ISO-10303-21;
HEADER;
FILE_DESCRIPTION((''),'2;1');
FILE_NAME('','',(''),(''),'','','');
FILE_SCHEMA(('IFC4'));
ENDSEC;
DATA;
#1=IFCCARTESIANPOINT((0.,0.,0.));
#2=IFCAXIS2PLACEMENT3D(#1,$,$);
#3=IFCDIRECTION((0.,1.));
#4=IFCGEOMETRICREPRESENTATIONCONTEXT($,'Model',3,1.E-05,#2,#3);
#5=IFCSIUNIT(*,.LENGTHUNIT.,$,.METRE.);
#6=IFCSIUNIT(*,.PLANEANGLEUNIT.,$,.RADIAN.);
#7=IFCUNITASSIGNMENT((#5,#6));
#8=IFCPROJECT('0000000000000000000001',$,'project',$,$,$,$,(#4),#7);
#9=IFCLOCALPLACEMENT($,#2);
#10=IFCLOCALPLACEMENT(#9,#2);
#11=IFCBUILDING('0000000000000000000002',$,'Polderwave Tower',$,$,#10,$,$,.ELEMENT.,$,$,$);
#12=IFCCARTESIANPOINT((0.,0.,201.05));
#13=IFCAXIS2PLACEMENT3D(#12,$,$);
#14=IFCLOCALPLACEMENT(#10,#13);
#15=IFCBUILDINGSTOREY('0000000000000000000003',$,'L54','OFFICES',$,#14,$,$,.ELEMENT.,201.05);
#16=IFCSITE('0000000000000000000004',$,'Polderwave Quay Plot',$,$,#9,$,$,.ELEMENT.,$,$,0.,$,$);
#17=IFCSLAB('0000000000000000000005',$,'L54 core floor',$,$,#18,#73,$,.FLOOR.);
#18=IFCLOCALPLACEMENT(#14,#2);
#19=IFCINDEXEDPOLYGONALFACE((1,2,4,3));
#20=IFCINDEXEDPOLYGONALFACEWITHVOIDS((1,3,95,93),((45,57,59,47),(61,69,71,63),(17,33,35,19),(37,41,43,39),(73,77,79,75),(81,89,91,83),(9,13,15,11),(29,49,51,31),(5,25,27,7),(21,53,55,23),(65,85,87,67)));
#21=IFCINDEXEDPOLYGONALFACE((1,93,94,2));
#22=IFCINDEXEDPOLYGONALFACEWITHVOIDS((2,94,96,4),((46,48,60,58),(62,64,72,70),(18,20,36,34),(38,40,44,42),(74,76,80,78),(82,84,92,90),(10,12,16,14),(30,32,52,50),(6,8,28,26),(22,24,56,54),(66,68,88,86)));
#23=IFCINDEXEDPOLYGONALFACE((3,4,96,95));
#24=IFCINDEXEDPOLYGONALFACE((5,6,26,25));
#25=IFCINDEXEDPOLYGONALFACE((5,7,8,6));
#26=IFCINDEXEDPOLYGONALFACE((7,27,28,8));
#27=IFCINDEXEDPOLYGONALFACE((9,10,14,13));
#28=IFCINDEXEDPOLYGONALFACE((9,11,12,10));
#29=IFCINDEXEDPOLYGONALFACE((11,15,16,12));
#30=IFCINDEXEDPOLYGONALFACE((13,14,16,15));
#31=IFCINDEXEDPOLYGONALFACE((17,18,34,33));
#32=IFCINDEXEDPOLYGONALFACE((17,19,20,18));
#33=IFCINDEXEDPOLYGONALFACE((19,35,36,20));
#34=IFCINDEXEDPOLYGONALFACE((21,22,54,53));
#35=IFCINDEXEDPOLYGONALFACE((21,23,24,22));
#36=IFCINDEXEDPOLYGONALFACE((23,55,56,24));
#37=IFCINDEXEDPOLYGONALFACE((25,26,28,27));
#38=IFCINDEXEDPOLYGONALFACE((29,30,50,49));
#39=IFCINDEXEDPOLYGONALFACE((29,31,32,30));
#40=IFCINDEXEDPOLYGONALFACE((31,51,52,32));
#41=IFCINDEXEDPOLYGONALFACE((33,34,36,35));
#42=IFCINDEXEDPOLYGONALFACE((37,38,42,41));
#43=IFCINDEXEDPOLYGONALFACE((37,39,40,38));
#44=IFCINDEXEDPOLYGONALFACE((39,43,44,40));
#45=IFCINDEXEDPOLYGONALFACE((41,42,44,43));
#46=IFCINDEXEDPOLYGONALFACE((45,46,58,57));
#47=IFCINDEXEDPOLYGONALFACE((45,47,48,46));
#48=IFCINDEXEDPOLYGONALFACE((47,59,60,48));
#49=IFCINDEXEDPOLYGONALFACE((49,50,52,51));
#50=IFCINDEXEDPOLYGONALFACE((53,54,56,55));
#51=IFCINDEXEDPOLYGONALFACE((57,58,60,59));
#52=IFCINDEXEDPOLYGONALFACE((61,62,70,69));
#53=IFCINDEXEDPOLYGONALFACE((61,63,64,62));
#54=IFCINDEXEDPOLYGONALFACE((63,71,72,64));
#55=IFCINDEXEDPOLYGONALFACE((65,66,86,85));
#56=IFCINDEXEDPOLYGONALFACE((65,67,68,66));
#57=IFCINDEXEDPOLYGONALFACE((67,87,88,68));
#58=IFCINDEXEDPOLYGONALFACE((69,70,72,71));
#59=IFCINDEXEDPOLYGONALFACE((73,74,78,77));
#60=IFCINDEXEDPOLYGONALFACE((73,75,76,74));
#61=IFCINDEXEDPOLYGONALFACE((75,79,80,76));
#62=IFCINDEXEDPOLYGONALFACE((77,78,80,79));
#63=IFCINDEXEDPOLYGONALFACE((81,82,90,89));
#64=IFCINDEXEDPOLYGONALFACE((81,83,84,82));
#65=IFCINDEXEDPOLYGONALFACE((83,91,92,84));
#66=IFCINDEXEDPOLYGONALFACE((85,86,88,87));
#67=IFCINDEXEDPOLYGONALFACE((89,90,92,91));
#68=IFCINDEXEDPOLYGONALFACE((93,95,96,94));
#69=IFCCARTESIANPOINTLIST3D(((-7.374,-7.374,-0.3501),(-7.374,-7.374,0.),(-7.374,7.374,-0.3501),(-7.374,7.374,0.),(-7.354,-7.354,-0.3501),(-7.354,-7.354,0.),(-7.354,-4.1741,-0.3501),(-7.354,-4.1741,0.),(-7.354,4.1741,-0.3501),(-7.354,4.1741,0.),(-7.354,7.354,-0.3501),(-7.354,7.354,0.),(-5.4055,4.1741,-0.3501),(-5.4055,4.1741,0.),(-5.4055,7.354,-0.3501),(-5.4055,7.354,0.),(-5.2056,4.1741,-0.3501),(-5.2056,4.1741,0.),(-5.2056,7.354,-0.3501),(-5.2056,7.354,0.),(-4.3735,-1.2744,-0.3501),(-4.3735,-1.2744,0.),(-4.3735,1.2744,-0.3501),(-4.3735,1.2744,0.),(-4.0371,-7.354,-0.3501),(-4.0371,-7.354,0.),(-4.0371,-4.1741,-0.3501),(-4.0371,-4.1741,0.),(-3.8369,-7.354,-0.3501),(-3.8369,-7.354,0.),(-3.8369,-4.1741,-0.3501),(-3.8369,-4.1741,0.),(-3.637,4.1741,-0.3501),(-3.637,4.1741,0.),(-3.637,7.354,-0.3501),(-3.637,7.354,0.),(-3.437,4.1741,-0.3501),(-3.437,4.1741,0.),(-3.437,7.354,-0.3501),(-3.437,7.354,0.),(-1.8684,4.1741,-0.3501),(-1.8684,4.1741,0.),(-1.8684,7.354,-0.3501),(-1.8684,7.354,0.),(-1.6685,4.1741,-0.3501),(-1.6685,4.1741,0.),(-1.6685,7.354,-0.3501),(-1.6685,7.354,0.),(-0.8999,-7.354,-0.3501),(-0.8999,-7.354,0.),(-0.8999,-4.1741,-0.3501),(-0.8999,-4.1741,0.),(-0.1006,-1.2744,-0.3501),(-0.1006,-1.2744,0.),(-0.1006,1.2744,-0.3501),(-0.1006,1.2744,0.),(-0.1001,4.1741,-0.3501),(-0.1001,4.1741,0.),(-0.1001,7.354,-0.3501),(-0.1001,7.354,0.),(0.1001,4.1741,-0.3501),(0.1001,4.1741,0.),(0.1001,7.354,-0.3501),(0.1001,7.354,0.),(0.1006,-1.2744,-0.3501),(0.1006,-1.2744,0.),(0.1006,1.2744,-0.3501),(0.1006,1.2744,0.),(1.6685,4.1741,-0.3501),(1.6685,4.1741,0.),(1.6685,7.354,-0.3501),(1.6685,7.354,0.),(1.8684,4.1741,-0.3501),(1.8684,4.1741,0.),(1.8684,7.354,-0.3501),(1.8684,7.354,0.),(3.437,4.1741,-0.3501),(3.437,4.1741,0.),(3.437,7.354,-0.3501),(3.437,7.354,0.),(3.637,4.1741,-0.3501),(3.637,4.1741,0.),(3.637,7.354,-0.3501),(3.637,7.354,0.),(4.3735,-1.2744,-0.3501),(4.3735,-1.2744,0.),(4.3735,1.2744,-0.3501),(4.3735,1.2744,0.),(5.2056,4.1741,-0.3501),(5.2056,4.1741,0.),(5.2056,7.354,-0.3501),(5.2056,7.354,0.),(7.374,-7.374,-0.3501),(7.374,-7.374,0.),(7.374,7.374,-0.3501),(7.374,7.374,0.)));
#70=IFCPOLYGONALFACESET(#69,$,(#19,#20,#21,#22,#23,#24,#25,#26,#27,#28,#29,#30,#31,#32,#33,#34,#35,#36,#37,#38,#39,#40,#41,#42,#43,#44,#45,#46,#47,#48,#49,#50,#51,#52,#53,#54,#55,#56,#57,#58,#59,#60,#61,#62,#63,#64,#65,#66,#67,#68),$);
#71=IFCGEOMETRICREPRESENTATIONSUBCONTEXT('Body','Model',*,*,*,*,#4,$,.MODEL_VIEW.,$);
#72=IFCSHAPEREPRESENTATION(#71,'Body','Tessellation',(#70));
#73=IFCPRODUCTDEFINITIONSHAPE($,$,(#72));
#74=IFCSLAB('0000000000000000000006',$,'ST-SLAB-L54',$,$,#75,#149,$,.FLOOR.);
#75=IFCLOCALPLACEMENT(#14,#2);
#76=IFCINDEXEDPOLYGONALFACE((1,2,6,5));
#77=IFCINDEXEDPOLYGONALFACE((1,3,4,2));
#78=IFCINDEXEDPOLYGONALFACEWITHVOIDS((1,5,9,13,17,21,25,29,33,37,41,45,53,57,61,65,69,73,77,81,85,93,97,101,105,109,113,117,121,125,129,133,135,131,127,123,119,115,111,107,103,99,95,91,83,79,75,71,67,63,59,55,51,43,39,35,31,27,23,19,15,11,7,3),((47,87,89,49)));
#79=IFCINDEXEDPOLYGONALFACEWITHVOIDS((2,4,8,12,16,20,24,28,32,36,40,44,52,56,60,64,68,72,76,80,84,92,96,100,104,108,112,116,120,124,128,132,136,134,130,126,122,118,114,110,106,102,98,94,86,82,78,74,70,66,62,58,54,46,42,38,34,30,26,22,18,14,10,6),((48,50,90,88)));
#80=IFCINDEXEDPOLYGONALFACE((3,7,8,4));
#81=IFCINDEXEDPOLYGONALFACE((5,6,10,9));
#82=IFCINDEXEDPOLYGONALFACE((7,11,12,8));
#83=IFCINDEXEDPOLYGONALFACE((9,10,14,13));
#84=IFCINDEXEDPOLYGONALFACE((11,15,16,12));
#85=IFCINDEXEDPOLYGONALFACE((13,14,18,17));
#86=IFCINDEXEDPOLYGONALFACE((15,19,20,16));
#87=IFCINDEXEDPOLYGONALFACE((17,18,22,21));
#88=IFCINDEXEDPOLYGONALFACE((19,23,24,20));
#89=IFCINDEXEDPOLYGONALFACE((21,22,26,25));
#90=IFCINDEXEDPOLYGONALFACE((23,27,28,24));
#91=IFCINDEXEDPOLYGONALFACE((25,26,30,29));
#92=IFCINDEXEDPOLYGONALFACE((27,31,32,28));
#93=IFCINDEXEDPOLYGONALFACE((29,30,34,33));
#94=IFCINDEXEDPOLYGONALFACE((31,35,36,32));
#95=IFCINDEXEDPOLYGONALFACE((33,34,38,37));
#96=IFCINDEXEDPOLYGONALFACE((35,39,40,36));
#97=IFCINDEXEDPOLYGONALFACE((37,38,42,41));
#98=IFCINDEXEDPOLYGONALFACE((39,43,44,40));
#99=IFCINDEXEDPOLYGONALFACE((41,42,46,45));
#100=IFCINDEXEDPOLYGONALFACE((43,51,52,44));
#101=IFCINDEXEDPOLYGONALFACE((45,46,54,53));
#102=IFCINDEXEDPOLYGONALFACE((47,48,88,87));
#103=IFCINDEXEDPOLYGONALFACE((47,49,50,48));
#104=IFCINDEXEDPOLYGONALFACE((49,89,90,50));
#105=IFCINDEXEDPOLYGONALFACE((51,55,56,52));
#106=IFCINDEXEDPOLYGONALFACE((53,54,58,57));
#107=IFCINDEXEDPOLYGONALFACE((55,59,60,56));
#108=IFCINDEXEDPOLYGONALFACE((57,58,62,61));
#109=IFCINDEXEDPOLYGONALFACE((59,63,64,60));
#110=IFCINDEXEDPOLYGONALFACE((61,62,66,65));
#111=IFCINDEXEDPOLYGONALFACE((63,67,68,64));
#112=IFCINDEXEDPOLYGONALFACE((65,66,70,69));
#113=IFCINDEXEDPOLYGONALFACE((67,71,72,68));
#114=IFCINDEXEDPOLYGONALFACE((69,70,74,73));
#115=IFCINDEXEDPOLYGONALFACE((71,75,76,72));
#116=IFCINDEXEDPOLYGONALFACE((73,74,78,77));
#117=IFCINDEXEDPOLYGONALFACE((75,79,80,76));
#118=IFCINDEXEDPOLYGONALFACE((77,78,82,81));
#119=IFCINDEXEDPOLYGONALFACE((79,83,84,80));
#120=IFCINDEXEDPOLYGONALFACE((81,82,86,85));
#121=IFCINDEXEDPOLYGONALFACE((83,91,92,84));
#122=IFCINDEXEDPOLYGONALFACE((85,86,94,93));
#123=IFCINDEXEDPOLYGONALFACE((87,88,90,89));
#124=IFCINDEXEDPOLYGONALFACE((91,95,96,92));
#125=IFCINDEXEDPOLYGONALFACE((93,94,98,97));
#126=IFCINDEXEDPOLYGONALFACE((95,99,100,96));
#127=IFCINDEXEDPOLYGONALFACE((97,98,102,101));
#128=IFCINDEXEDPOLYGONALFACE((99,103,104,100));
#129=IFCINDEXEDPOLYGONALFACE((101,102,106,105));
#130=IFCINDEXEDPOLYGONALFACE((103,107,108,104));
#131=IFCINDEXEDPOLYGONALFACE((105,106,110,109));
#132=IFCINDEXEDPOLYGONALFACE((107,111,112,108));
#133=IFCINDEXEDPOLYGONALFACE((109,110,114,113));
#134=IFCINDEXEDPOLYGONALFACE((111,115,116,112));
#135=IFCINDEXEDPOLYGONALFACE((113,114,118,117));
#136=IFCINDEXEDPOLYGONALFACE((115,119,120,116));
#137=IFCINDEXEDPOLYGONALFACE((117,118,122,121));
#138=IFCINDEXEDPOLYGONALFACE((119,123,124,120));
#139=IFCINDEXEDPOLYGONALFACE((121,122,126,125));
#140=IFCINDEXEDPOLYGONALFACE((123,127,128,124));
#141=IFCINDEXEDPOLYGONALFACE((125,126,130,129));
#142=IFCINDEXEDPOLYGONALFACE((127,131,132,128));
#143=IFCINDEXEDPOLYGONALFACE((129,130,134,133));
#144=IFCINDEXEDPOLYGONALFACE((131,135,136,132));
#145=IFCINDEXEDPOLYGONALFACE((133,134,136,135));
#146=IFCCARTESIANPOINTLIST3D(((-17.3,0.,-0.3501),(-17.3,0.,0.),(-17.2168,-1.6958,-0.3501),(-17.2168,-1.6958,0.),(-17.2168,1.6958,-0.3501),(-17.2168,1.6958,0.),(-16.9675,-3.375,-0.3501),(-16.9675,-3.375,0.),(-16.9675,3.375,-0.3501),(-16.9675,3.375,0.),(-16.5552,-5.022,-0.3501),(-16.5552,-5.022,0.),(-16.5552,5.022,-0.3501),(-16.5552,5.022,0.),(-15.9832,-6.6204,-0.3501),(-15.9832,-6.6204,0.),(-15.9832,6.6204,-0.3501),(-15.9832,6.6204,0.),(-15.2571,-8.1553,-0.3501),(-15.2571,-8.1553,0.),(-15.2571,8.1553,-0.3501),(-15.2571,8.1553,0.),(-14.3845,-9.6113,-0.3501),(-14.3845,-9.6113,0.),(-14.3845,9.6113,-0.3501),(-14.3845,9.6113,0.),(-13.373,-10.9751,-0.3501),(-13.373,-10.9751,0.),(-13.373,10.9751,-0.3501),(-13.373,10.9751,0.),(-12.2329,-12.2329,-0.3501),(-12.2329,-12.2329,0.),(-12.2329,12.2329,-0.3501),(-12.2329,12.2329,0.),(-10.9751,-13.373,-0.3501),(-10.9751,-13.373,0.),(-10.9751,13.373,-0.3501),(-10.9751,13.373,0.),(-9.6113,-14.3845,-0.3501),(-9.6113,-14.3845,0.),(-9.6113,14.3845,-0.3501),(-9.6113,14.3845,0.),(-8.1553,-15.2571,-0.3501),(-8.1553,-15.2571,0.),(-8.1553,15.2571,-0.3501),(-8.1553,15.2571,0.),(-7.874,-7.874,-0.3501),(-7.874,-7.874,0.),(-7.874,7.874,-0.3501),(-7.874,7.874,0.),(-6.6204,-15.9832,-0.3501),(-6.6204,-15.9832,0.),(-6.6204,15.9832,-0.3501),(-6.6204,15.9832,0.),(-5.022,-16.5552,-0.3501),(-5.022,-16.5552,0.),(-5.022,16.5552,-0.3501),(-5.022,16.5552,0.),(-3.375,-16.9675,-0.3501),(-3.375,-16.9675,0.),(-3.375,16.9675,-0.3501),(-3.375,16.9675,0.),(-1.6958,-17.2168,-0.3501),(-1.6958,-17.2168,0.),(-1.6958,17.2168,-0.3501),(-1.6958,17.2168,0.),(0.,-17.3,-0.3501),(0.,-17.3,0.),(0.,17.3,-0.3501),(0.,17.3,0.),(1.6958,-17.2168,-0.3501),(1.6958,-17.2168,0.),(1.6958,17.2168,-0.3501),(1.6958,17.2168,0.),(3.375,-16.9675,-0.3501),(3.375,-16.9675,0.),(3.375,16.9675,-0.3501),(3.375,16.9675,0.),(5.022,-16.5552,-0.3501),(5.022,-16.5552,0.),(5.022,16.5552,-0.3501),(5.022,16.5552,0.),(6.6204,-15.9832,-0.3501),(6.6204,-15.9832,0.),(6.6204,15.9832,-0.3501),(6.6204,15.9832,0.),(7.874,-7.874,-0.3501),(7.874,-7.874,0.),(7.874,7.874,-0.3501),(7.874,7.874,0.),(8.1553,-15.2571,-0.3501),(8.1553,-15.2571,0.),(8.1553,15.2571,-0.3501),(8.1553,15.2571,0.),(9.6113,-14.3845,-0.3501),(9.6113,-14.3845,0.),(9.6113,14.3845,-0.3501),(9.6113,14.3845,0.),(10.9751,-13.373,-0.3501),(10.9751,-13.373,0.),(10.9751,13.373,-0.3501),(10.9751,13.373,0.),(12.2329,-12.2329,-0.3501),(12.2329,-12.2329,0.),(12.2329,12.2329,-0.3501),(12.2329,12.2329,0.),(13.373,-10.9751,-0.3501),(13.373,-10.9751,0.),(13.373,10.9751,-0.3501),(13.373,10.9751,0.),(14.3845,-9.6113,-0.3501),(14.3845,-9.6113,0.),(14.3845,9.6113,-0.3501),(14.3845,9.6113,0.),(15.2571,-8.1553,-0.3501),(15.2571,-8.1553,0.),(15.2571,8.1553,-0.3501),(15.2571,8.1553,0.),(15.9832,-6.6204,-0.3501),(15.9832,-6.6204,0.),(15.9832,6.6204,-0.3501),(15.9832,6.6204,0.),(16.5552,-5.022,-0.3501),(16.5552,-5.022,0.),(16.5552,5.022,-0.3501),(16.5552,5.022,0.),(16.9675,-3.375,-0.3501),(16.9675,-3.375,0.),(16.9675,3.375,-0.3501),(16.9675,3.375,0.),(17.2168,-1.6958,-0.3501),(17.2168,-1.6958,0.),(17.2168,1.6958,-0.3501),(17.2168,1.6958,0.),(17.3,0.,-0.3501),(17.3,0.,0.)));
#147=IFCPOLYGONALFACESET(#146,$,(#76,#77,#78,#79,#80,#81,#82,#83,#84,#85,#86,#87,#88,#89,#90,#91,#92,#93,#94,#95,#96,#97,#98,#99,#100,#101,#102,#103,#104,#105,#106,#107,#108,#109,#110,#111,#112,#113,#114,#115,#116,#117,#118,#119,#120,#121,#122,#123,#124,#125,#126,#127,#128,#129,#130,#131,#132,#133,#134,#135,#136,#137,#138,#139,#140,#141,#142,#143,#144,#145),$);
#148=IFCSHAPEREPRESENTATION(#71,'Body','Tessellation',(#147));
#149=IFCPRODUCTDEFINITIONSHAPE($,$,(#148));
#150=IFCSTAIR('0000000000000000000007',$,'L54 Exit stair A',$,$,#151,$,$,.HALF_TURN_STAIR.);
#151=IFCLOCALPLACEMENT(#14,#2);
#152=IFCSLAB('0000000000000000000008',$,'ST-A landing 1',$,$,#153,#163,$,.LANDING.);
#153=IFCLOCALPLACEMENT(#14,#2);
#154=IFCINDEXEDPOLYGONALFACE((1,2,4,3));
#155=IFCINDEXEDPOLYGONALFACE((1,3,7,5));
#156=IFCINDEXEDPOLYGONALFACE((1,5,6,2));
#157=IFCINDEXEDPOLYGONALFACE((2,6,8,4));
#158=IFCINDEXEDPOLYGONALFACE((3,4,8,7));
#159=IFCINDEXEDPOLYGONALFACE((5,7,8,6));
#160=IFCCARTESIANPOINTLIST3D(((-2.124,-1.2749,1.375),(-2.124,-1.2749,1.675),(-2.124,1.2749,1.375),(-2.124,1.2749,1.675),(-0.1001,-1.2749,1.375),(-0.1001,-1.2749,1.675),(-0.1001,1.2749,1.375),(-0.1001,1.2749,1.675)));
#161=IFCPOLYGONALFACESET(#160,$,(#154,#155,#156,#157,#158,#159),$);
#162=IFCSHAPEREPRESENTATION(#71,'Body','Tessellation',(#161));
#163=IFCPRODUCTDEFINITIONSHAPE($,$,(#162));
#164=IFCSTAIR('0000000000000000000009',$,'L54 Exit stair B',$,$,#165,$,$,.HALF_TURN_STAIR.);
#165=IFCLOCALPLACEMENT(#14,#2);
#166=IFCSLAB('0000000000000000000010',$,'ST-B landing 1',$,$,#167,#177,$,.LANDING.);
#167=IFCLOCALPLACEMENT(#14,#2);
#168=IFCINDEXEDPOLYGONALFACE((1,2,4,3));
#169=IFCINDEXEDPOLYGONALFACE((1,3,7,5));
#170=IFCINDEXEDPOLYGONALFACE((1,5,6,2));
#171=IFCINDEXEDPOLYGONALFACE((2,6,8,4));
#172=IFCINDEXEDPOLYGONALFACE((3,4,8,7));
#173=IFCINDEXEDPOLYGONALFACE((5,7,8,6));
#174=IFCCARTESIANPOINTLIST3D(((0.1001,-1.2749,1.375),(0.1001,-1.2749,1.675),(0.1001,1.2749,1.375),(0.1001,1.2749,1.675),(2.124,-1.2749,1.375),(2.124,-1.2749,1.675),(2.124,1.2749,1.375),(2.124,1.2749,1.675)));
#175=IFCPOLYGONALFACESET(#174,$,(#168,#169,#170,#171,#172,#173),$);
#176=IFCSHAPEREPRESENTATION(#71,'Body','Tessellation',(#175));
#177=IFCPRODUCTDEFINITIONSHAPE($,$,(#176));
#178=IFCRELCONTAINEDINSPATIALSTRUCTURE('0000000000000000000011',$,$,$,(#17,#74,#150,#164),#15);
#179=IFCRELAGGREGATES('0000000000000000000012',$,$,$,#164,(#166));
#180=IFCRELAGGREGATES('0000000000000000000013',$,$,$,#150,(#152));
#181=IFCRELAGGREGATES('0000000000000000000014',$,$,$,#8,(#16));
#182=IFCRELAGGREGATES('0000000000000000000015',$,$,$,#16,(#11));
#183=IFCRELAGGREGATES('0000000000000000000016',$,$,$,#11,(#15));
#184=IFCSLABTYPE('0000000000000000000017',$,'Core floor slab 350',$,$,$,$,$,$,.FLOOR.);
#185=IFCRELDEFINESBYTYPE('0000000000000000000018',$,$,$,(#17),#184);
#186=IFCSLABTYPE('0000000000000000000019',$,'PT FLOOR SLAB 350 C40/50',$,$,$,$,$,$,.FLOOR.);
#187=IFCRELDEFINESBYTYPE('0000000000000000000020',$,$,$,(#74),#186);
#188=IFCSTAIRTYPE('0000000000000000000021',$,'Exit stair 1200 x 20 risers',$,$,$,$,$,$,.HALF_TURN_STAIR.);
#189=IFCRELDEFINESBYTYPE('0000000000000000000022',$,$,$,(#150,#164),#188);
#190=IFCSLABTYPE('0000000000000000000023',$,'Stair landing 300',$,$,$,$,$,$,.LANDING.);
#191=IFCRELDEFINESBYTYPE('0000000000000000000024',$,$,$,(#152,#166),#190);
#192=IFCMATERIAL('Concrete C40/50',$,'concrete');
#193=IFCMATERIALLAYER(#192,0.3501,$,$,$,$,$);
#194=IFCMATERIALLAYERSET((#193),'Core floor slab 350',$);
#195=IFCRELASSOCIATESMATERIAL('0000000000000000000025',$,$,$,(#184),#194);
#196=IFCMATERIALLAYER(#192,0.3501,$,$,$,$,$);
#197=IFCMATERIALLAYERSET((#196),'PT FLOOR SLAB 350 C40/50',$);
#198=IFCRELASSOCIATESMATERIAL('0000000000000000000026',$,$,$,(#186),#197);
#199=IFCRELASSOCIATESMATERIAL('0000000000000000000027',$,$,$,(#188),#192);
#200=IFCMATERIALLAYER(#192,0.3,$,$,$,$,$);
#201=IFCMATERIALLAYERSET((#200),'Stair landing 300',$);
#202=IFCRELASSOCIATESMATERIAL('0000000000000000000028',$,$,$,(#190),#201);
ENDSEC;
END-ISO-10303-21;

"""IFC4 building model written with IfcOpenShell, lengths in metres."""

from ifc_helpers import new_model, si_unit, direction, frame, origin, place, context, subcontext, project, spatial, polyline, outline, extrude, material, layer, layer_set, type_object, element, aggregate, save


model = new_model("IFC4")

# Units and contexts
model_context = context("Model", 3, precision=1e-05, world=origin(), true_north=direction((0.0, 1.0)))
body_context = subcontext(model_context, "Body", "Model", "MODEL_VIEW")
ifc_project = project(units=[si_unit("LENGTHUNIT", "METRE"), si_unit("PLANEANGLEUNIT", "RADIAN")], contexts=[model_context])

# Site, building, storey
site_placement = place(None, origin())
site = spatial("IfcSite", under=ifc_project, at=site_placement, Name="Polderwave Quay Plot", CompositionType="ELEMENT", RefElevation=0.0)
building_placement = place(site_placement, origin())
building = spatial("IfcBuilding", under=site, at=building_placement, Name="Polderwave Tower", CompositionType="ELEMENT")
storey_placement = place(building_placement, frame((0.0, 0.0, 201.05)))
storey = spatial("IfcBuildingStorey", under=building, at=storey_placement, Name="L54", Description="OFFICES", CompositionType="ELEMENT", Elevation=201.05)

# Slabs
ifc_material_1 = material(Name="Concrete C40/50", Category="concrete")
ifc_layer_1 = layer(ifc_material_1, 0.3501)
ifc_layer_set_1 = layer_set([ifc_layer_1], Name="Core floor slab 350")
slab_type_1 = type_object("IfcSlabType", Name="Core floor slab 350", PredefinedType="FLOOR", material=ifc_layer_set_1)
slab_1_placement = place(storey_placement, frame((0.0, 0.0, -0.3501)))
element("IfcSlab", 1, at=slab_1_placement, inside=storey, type_object=slab_type_1, Name="L54 core floor", PredefinedType="FLOOR", context=body_context, shape_type="SweptSolid", body=[
    extrude(outline(polyline([(-7.374, -7.374), (7.374, -7.374), (7.374, 7.374), (-7.374, 7.374), (-7.374, -7.374)]), holes=[polyline([(-7.354, -7.354), (-4.0371, -7.354), (-4.0371, -4.1741), (-7.354, -4.1741), (-7.354, -7.354)]), polyline([(-3.8369, -7.354), (-0.8999, -7.354), (-0.8999, -4.1741), (-3.8369, -4.1741), (-3.8369, -7.354)]), polyline([(-7.354, 4.1741), (-5.4055, 4.1741), (-5.4055, 7.354), (-7.354, 7.354), (-7.354, 4.1741)]), polyline([(-5.2056, 4.1741), (-3.637, 4.1741), (-3.637, 7.354), (-5.2056, 7.354), (-5.2056, 4.1741)]), polyline([(-3.437, 4.1741), (-1.8684, 4.1741), (-1.8684, 7.354), (-3.437, 7.354), (-3.437, 4.1741)]), polyline([(-1.6685, 4.1741), (-0.1001, 4.1741), (-0.1001, 7.354), (-1.6685, 7.354), (-1.6685, 4.1741)]), polyline([(0.1001, 4.1741), (1.6685, 4.1741), (1.6685, 7.354), (0.1001, 7.354), (0.1001, 4.1741)]), polyline([(1.8684, 4.1741), (3.437, 4.1741), (3.437, 7.354), (1.8684, 7.354), (1.8684, 4.1741)]), polyline([(3.637, 4.1741), (5.2056, 4.1741), (5.2056, 7.354), (3.637, 7.354), (3.637, 4.1741)]), polyline([(-4.3735, -1.2744), (-0.1006, -1.2744), (-0.1006, 1.2744), (-4.3735, 1.2744), (-4.3735, -1.2744)]), polyline([(0.1006, -1.2744), (4.3735, -1.2744), (4.3735, 1.2744), (0.1006, 1.2744), (0.1006, -1.2744)])]), origin(), (0.0, 0.0, 1.0), 0.3501),
])
ifc_layer_2 = layer(ifc_material_1, 0.3501)
ifc_layer_set_2 = layer_set([ifc_layer_2], Name="PT FLOOR SLAB 350 C40/50")
slab_type_2 = type_object("IfcSlabType", Name="PT FLOOR SLAB 350 C40/50", PredefinedType="FLOOR", material=ifc_layer_set_2)
slab_2_placement = place(storey_placement, frame((0.0, 0.0, -0.3501)))
element("IfcSlab", 2, at=slab_2_placement, inside=storey, type_object=slab_type_2, Name="ST-SLAB-L54", PredefinedType="FLOOR", context=body_context, shape_type="SweptSolid", body=[
    extrude(outline(polyline([(17.3, 0.0), (17.2168, 1.6958), (16.9675, 3.375), (16.5552, 5.022), (15.9832, 6.6204), (15.2571, 8.1553), (14.3845, 9.6113), (13.373, 10.9751), (12.2329, 12.2329), (10.9751, 13.373), (9.6113, 14.3845), (8.1553, 15.2571), (6.6204, 15.9832), (5.022, 16.5552), (3.375, 16.9675), (1.6958, 17.2168), (0.0, 17.3), (-1.6958, 17.2168), (-3.375, 16.9675), (-5.022, 16.5552), (-6.6204, 15.9832), (-8.1553, 15.2571), (-9.6113, 14.3845), (-10.9751, 13.373), (-12.2329, 12.2329), (-13.373, 10.9751), (-14.3845, 9.6113), (-15.2571, 8.1553), (-15.9832, 6.6204), (-16.5552, 5.022), (-16.9675, 3.375), (-17.2168, 1.6958), (-17.3, 0.0), (-17.2168, -1.6958), (-16.9675, -3.375), (-16.5552, -5.022), (-15.9832, -6.6204), (-15.2571, -8.1553), (-14.3845, -9.6113), (-13.373, -10.9751), (-12.2329, -12.2329), (-10.9751, -13.373), (-9.6113, -14.3845), (-8.1553, -15.2571), (-6.6204, -15.9832), (-5.022, -16.5552), (-3.375, -16.9675), (-1.6958, -17.2168), (0.0, -17.3), (1.6958, -17.2168), (3.375, -16.9675), (5.022, -16.5552), (6.6204, -15.9832), (8.1553, -15.2571), (9.6113, -14.3845), (10.9751, -13.373), (12.2329, -12.2329), (13.373, -10.9751), (14.3845, -9.6113), (15.2571, -8.1553), (15.9832, -6.6204), (16.5552, -5.022), (16.9675, -3.375), (17.2168, -1.6958), (17.3, 0.0)]), holes=[polyline([(-7.874, -7.874), (7.874, -7.874), (7.874, 7.874), (-7.874, 7.874), (-7.874, -7.874)])]), origin(), (0.0, 0.0, 1.0), 0.3501),
])

# Stairs, slabs
stair_type = type_object("IfcStairType", Name="Exit stair 1200 x 20 risers", PredefinedType="HALF_TURN_STAIR", material=ifc_material_1)
stair_1_placement = place(storey_placement, origin())
stair_1 = element("IfcStair", 3, at=stair_1_placement, inside=storey, type_object=stair_type, Name="L54 Exit stair A", PredefinedType="HALF_TURN_STAIR")
ifc_layer_3 = layer(ifc_material_1, 0.3)
ifc_layer_set_3 = layer_set([ifc_layer_3], Name="Stair landing 300")
slab_type_3 = type_object("IfcSlabType", Name="Stair landing 300", PredefinedType="LANDING", material=ifc_layer_set_3)
slab_3_placement = place(storey_placement, frame((0.0, 0.0, 1.375)))
slab_3 = element("IfcSlab", 4, at=slab_3_placement, type_object=slab_type_3, Name="ST-A landing 1", PredefinedType="LANDING", context=body_context, shape_type="SweptSolid", body=[
    extrude(outline(polyline([(-2.124, -1.2749), (-0.1001, -1.2749), (-0.1001, 1.2749), (-2.124, 1.2749), (-2.124, -1.2749)])), origin(), (0.0, 0.0, 1.0), 0.3),
])
stair_2_placement = place(storey_placement, origin())
stair_2 = element("IfcStair", 5, at=stair_2_placement, inside=storey, type_object=stair_type, Name="L54 Exit stair B", PredefinedType="HALF_TURN_STAIR")
slab_4_placement = place(storey_placement, frame((0.0, 0.0, 1.375)))
slab_4 = element("IfcSlab", 6, at=slab_4_placement, type_object=slab_type_3, Name="ST-B landing 1", PredefinedType="LANDING", context=body_context, shape_type="SweptSolid", body=[
    extrude(outline(polyline([(2.124, 1.2749), (0.1001, 1.2749), (0.1001, -1.2749), (2.124, -1.2749), (2.124, 1.2749)])), origin(), (0.0, 0.0, 1.0), 0.3),
])
aggregate(stair_2, [slab_4])

aggregate(stair_1, [slab_3])

save(model, "model.ifc")
